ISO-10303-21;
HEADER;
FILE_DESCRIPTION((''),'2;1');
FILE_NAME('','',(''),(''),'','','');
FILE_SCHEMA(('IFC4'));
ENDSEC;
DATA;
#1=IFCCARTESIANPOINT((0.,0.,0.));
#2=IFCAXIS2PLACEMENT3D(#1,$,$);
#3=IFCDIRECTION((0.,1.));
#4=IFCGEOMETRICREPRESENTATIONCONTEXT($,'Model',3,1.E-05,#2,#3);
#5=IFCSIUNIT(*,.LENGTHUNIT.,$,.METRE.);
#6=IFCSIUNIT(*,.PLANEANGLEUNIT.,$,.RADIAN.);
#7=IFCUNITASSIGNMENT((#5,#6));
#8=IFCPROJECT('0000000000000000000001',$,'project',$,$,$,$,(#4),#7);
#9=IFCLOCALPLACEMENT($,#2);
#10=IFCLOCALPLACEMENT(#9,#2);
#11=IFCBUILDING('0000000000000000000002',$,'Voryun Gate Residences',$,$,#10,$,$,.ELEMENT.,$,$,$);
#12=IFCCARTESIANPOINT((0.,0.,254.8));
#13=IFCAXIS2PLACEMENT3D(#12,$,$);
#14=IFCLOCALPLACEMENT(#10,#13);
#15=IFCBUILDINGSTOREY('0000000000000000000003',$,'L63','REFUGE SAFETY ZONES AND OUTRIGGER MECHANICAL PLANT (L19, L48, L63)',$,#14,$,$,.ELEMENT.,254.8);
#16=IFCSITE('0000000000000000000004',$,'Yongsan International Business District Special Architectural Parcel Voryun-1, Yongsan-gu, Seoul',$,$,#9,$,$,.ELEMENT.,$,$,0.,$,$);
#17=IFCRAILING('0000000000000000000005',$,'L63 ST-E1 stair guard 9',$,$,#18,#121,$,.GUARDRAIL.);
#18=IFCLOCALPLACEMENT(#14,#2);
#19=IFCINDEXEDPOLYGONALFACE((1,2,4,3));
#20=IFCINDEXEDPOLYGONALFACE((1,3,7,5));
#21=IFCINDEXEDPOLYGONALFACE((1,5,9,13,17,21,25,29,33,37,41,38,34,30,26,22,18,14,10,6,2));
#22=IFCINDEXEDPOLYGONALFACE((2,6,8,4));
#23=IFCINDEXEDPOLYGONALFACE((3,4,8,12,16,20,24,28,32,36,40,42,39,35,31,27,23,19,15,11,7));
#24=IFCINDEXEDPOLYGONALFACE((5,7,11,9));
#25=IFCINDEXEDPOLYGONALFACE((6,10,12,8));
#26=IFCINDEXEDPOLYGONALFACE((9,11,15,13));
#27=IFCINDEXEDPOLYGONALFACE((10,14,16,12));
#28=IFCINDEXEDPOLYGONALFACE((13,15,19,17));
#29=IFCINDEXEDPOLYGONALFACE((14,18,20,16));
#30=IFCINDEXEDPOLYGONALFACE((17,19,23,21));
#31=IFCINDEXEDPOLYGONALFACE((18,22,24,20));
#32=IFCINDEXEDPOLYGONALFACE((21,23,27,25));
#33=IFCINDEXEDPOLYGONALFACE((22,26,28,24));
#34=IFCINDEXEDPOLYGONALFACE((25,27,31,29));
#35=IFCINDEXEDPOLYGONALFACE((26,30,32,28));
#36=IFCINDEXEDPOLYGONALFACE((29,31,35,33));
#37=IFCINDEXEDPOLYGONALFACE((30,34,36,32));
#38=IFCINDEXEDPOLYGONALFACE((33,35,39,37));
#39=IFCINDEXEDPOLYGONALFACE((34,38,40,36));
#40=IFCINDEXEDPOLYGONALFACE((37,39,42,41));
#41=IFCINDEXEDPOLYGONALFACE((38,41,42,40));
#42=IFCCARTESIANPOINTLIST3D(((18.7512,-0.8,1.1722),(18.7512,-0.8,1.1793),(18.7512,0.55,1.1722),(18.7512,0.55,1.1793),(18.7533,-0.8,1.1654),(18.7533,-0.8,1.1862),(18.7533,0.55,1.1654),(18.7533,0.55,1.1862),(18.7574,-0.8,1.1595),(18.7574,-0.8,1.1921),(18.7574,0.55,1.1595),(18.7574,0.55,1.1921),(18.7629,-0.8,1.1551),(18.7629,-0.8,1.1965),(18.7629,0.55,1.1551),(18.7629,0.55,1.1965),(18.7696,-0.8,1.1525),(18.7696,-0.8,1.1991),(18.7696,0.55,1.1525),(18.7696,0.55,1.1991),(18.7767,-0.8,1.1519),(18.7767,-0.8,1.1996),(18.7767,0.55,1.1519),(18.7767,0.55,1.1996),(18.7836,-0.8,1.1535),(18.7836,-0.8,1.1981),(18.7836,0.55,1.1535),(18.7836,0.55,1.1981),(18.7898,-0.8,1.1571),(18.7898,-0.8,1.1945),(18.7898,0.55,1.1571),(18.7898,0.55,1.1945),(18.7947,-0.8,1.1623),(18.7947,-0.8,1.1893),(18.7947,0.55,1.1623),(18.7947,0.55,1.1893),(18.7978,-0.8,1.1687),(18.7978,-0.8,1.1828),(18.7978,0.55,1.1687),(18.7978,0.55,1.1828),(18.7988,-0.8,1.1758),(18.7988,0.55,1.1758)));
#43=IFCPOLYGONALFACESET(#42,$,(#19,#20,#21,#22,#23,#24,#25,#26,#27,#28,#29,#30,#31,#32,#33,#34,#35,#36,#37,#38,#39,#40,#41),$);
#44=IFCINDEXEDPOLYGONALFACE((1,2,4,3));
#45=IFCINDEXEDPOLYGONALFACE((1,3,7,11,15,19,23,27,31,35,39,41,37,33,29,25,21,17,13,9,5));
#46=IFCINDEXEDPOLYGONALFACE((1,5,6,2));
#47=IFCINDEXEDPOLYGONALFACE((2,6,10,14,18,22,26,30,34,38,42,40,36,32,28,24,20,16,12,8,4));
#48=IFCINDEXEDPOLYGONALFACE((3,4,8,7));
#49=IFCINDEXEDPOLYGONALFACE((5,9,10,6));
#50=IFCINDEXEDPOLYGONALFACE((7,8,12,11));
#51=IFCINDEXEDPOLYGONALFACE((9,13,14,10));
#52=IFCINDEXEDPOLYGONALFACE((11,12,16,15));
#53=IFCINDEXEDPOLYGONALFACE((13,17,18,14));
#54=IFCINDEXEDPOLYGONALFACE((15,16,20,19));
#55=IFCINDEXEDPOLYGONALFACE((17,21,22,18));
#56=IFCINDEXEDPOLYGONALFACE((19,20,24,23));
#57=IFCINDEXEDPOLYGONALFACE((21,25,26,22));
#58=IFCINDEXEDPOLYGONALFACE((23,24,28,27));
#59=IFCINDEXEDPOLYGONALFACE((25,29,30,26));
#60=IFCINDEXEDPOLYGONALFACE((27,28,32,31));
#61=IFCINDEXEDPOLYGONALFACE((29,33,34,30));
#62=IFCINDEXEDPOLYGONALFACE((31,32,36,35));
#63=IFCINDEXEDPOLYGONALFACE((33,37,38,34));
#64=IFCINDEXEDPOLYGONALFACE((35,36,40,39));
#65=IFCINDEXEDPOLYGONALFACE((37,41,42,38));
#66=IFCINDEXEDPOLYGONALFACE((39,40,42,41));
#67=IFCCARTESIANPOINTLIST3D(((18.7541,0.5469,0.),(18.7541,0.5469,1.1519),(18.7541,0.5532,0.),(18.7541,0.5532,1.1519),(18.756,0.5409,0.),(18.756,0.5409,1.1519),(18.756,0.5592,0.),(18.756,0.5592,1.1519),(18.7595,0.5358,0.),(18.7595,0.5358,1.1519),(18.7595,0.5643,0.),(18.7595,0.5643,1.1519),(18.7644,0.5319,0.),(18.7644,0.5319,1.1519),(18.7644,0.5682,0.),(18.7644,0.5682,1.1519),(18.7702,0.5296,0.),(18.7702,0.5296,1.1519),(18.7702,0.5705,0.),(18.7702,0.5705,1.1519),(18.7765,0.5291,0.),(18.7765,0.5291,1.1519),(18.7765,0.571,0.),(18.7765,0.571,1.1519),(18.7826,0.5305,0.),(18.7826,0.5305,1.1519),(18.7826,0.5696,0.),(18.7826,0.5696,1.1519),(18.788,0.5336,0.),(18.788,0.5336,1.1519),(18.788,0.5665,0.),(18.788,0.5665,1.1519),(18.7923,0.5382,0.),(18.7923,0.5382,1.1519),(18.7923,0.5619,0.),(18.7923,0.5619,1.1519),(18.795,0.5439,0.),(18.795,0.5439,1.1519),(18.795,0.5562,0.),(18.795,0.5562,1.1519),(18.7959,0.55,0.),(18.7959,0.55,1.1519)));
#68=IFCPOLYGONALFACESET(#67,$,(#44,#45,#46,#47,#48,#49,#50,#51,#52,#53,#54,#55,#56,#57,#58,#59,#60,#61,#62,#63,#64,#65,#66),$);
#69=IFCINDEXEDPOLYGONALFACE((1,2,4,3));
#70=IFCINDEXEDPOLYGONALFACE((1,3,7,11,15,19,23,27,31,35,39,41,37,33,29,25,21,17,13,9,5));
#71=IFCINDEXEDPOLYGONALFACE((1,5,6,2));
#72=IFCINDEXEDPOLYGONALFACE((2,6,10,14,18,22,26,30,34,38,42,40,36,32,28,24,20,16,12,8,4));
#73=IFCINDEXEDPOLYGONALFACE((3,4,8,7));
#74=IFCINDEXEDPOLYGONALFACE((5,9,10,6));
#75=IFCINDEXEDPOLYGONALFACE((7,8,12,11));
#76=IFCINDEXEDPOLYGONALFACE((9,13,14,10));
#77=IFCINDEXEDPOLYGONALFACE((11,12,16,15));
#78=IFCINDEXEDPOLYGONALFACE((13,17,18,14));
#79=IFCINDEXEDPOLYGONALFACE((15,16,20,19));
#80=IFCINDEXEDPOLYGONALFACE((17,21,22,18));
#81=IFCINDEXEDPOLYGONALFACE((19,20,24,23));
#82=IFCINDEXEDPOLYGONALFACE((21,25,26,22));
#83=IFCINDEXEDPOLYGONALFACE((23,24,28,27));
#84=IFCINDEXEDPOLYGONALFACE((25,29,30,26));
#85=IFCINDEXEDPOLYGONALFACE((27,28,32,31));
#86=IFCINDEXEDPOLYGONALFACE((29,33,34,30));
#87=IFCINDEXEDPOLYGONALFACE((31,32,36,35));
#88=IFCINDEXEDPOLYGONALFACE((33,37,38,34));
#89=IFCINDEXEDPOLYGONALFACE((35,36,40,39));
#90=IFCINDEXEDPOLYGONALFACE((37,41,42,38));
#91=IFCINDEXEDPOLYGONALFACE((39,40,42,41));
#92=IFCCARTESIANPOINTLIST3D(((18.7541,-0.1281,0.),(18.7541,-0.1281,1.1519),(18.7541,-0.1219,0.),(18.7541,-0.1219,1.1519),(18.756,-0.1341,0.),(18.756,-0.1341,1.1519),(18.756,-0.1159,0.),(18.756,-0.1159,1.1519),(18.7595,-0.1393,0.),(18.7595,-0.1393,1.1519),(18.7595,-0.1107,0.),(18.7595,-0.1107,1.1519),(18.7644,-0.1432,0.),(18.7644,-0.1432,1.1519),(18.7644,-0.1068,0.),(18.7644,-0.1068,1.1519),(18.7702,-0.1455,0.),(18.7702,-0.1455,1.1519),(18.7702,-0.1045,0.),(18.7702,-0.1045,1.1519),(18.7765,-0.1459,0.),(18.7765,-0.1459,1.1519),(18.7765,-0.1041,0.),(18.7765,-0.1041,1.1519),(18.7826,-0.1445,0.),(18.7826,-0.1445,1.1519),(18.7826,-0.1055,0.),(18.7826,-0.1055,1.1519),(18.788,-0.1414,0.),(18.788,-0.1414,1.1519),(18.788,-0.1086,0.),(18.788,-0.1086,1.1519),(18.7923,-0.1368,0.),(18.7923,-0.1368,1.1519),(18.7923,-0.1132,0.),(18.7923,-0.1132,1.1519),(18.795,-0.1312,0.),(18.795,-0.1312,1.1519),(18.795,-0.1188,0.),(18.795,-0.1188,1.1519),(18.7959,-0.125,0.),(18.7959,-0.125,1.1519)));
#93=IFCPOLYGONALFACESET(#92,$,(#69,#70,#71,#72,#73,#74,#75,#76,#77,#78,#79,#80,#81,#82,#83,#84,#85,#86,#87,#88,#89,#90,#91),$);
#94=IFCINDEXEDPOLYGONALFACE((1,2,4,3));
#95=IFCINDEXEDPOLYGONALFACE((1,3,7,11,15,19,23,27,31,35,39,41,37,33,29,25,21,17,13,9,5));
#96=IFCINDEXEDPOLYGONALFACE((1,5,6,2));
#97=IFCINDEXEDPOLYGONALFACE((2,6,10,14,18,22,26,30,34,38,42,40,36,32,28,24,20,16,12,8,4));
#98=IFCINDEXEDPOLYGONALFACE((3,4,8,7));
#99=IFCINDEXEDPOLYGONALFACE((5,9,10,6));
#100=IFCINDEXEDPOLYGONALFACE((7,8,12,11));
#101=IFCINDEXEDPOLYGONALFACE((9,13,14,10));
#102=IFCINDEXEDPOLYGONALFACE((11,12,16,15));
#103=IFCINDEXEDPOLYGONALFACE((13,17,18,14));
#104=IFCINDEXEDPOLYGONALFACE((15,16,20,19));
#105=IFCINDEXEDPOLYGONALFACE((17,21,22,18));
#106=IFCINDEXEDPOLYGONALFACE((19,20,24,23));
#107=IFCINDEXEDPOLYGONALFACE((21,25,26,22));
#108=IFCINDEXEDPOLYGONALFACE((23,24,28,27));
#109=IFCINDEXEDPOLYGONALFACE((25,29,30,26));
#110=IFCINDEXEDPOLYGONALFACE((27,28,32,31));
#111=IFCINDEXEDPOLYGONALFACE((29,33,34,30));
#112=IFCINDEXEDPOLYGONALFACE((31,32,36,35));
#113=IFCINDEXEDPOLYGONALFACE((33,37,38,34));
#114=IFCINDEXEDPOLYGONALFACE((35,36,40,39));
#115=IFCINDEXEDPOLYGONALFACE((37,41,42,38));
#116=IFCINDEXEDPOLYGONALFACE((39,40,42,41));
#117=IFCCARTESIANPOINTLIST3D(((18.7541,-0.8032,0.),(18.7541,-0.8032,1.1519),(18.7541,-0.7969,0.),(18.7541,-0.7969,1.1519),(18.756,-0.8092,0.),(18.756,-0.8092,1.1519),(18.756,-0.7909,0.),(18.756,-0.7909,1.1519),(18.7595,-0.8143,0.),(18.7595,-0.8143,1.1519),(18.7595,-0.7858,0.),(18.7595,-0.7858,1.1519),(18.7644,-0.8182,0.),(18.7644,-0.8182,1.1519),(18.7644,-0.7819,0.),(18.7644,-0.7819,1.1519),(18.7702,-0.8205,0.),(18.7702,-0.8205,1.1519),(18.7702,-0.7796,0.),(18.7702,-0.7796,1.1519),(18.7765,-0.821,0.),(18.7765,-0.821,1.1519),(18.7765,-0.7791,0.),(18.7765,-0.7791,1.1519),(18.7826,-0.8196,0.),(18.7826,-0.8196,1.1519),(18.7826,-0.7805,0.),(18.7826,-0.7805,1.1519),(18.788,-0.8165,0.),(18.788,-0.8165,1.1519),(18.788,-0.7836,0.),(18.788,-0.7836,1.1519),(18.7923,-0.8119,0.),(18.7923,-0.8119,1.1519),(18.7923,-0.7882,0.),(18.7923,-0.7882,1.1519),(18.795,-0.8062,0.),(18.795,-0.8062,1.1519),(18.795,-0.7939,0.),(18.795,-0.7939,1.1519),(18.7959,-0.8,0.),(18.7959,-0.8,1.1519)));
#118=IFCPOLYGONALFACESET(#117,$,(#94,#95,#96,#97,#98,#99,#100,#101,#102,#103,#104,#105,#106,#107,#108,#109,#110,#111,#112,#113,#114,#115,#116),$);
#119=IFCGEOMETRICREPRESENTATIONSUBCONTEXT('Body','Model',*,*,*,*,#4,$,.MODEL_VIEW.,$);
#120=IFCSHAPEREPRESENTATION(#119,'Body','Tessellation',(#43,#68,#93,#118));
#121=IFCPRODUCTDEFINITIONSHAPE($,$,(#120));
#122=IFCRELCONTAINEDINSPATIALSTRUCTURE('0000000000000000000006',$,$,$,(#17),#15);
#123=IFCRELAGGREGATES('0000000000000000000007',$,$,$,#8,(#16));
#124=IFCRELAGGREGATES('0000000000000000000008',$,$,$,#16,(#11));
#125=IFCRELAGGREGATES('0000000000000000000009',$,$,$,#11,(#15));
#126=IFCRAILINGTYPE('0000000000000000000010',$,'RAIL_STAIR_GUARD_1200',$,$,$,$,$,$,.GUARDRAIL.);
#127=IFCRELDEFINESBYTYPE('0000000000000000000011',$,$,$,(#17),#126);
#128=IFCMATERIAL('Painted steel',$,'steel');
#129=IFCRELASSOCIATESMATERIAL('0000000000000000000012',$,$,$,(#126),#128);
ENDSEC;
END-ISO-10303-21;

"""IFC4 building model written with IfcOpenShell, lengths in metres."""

from ifc_helpers import new_model, si_unit, direction, frame, origin, origin_2d, place, context, subcontext, project, spatial, circle, extrude, material, type_object, element, save


model = new_model("IFC4")

# Units and contexts
model_context = context("Model", 3, precision=1e-05, world=origin(), true_north=direction((0.0, 1.0)))
body_context = subcontext(model_context, "Body", "Model", "MODEL_VIEW")
ifc_project = project(units=[si_unit("LENGTHUNIT", "METRE"), si_unit("PLANEANGLEUNIT", "RADIAN")], contexts=[model_context])

# Site, building, storey
site_placement = place(None, origin())
site = spatial("IfcSite", under=ifc_project, at=site_placement, Name="Yongsan International Business District Special Architectural Parcel Voryun-1, Yongsan-gu, Seoul", CompositionType="ELEMENT", RefElevation=0.0)
building_placement = place(site_placement, origin())
building = spatial("IfcBuilding", under=site, at=building_placement, Name="Voryun Gate Residences", CompositionType="ELEMENT")
storey_placement = place(building_placement, frame((0.0, 0.0, 254.8)))
storey = spatial("IfcBuildingStorey", under=building, at=storey_placement, Name="L63", Description="REFUGE SAFETY ZONES AND OUTRIGGER MECHANICAL PLANT (L19, L48, L63)", CompositionType="ELEMENT", Elevation=254.8)

# Railing
ifc_material_1 = material(Name="Painted steel", Category="steel")
railing_type_1 = type_object("IfcRailingType", Name="RAIL_STAIR_GUARD_1200", PredefinedType="GUARDRAIL", material=ifc_material_1)
railing_1_placement = place(storey_placement, frame((18.7749, 0.55, 0.0)))
element("IfcRailing", 1, at=railing_1_placement, inside=storey, type_object=railing_type_1, Name="L63 ST-E1 stair guard 9", PredefinedType="GUARDRAIL", context=body_context, shape_type="SweptSolid", body=[
    extrude(circle(Radius=0.0239, at=origin_2d()), frame((0.0, 0.0, 1.1758), z_axis=(0.0, -1.0, 0.0), x_axis=(1.0, 0.0, 0.0)), (0.0, 0.0, 1.0), 1.3501),
    extrude(circle(Radius=0.021, at=origin_2d()), origin(), (0.0, 0.0, 1.0), 1.1519),
    extrude(circle(Radius=0.021, at=origin_2d()), frame((0.0, -0.675, 0.0)), (0.0, 0.0, 1.0), 1.1519),
    extrude(circle(Radius=0.021, at=origin_2d()), frame((0.0, -1.3501, 0.0)), (0.0, 0.0, 1.0), 1.1519),
])

save(model, "model.ifc")
